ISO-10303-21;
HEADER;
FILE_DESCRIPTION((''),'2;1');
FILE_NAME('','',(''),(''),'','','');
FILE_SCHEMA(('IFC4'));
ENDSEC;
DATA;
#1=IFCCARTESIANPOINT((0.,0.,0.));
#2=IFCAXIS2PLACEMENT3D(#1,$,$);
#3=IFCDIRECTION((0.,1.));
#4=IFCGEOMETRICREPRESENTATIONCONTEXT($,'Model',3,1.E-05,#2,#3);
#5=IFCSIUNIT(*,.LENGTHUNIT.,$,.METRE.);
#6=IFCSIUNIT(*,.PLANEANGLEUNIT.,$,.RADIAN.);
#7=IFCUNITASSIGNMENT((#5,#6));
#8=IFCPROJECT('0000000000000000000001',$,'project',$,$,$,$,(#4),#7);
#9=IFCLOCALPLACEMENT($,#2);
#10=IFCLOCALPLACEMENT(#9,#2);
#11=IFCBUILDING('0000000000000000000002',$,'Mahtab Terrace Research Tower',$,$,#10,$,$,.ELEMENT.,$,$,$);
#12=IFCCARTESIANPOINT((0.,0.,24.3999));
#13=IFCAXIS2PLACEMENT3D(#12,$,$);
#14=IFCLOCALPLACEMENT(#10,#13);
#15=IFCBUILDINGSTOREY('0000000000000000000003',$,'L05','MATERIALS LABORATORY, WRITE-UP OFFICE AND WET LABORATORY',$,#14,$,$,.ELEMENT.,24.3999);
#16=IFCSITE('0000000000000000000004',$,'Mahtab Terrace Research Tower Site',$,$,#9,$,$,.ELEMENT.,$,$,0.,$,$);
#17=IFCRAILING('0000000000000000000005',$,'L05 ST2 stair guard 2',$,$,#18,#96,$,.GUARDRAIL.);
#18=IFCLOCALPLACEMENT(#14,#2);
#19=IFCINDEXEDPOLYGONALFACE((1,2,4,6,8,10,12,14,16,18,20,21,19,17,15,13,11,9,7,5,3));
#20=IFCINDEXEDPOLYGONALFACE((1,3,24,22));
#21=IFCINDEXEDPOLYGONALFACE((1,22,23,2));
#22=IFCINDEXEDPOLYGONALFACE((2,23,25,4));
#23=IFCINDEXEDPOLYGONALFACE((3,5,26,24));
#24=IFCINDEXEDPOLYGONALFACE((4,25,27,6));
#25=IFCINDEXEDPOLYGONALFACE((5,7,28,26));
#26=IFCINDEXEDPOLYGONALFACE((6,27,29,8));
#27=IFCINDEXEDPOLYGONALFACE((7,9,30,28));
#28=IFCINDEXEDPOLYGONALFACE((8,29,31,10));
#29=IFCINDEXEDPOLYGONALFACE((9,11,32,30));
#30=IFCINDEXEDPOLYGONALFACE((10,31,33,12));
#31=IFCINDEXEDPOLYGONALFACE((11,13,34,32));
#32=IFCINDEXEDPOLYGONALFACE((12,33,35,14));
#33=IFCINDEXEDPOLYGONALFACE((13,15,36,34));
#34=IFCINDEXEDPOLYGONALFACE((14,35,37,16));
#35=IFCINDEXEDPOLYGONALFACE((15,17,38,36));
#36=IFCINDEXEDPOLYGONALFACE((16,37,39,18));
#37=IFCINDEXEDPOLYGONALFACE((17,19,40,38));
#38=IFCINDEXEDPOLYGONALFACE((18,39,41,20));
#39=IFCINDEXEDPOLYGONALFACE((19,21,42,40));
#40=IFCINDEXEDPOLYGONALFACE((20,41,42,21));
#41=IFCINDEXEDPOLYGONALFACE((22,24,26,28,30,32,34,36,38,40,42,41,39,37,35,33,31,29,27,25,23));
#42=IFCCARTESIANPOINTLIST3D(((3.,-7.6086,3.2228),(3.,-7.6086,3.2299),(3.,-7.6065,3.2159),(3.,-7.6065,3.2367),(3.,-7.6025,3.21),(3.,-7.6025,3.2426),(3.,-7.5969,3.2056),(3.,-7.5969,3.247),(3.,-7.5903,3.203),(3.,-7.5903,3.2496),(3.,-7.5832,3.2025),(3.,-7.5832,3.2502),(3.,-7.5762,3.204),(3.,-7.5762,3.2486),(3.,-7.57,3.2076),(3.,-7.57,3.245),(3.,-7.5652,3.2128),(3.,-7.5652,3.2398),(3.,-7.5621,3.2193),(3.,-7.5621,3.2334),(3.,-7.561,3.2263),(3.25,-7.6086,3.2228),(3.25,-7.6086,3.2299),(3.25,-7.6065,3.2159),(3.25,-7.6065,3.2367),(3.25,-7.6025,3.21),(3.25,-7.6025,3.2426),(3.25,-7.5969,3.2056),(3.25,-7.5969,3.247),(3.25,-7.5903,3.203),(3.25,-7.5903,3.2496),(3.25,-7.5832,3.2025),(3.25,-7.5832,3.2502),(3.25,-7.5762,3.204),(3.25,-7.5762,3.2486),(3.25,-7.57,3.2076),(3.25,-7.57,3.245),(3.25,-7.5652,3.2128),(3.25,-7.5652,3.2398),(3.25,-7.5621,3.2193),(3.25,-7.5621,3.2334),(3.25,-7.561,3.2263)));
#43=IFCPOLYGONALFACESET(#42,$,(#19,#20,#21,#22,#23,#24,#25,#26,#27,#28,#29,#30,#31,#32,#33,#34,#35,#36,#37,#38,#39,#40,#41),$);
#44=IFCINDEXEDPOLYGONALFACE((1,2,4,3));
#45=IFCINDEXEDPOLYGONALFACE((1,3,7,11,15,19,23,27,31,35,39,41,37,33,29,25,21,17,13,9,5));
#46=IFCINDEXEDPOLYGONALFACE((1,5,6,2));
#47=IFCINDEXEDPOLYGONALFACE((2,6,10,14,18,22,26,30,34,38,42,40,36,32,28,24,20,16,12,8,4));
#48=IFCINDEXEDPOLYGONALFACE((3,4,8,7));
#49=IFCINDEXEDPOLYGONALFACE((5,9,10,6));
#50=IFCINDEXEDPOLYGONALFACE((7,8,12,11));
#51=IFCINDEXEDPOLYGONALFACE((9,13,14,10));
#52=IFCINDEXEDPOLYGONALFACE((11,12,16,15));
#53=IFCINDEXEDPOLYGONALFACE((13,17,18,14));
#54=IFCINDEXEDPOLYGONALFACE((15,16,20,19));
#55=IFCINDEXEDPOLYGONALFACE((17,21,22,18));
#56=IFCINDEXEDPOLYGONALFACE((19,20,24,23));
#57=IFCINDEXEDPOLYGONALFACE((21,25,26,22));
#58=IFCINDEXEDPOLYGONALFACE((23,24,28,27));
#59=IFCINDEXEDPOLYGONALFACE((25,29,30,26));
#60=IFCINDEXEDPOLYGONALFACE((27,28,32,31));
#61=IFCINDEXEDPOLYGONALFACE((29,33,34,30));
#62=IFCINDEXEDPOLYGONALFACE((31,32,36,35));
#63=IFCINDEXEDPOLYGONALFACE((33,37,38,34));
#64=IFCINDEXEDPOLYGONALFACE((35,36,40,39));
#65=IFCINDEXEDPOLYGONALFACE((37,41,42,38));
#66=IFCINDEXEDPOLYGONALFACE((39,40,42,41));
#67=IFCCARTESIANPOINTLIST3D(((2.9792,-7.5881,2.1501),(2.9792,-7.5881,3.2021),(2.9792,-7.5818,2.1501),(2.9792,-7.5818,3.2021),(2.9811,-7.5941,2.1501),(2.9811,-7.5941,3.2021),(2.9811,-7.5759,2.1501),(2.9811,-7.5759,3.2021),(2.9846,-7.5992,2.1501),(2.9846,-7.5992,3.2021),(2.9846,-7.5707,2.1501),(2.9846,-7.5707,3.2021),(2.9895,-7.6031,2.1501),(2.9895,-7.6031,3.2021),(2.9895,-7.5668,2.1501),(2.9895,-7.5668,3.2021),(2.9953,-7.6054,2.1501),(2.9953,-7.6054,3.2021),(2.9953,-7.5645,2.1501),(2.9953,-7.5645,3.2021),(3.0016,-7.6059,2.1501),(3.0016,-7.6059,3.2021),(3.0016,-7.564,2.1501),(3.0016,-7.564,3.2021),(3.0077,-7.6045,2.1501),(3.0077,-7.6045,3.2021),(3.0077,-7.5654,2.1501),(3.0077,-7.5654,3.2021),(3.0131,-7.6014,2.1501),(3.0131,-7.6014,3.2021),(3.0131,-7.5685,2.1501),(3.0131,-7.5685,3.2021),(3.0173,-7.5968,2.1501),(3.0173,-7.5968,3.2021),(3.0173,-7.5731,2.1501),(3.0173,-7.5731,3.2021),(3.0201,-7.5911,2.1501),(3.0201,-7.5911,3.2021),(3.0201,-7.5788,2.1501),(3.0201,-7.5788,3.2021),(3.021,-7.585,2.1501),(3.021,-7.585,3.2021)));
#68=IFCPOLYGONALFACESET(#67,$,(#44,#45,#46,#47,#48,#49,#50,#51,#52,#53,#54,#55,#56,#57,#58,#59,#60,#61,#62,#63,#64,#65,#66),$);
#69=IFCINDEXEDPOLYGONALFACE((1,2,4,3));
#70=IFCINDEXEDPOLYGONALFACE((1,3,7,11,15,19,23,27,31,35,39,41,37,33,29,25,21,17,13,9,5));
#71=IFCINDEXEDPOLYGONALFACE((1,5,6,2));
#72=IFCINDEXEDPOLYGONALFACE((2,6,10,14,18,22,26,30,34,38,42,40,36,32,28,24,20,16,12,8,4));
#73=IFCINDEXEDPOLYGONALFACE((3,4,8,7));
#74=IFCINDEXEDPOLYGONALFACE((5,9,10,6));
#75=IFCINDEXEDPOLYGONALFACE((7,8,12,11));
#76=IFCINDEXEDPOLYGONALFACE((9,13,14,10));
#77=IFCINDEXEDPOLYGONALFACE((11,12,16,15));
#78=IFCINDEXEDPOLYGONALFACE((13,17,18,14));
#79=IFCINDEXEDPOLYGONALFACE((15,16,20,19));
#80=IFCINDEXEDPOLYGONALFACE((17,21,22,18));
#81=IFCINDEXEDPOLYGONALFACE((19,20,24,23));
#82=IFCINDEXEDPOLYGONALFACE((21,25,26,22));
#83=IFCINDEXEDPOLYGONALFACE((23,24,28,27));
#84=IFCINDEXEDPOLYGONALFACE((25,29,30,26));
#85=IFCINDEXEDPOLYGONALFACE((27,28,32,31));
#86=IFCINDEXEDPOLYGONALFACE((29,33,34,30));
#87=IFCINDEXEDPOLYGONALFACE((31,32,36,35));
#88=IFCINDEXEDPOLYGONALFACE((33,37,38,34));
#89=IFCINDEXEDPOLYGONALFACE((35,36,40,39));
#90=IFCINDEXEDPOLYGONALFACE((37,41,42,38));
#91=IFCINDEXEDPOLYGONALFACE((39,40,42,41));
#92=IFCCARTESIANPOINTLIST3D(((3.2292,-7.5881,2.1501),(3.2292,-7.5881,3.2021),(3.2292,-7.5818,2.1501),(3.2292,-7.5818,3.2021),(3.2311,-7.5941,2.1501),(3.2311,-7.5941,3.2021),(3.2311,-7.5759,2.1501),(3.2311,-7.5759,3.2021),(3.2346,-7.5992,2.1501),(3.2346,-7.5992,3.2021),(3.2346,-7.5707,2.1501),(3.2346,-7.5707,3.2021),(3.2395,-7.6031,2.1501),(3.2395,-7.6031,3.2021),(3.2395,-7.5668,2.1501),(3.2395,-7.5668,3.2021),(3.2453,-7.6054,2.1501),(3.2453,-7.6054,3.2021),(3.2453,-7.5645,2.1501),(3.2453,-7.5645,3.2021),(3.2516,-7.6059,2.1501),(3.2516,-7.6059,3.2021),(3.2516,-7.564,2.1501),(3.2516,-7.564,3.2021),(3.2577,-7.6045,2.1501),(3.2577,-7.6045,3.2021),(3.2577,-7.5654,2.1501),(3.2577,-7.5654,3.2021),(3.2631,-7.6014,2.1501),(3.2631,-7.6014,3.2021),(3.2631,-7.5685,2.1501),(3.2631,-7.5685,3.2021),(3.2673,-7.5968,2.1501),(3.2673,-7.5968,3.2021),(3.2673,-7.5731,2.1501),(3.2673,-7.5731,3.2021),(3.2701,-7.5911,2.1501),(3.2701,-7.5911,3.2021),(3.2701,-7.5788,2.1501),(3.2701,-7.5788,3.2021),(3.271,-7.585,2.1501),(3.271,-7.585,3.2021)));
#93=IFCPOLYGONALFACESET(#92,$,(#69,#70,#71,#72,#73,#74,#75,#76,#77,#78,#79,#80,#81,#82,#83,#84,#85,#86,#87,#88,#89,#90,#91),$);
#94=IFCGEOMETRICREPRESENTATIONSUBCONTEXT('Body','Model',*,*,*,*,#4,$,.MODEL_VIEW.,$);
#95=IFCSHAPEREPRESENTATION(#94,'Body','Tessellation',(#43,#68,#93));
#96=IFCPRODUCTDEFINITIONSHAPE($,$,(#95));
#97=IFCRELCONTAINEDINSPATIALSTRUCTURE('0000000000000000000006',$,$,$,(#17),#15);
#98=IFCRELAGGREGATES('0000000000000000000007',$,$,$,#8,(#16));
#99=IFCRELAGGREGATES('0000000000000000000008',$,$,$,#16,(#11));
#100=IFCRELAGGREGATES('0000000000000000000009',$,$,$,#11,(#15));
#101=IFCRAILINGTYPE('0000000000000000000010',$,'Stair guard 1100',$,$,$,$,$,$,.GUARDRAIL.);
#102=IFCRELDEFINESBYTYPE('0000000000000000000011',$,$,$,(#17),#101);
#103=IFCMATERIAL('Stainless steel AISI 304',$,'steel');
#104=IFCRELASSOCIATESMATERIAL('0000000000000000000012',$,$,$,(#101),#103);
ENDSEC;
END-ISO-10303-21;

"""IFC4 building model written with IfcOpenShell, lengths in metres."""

from ifc_helpers import new_model, si_unit, direction, frame, origin, origin_2d, place, context, subcontext, project, spatial, circle, extrude, material, type_object, element, save


model = new_model("IFC4")

# Units and contexts
model_context = context("Model", 3, precision=1e-05, world=origin(), true_north=direction((0.0, 1.0)))
body_context = subcontext(model_context, "Body", "Model", "MODEL_VIEW")
ifc_project = project(units=[si_unit("LENGTHUNIT", "METRE"), si_unit("PLANEANGLEUNIT", "RADIAN")], contexts=[model_context])

# Site, building, storey
site_placement = place(None, origin())
site = spatial("IfcSite", under=ifc_project, at=site_placement, Name="Mahtab Terrace Research Tower Site", CompositionType="ELEMENT", RefElevation=0.0)
building_placement = place(site_placement, origin())
building = spatial("IfcBuilding", under=site, at=building_placement, Name="Mahtab Terrace Research Tower", CompositionType="ELEMENT")
storey_placement = place(building_placement, frame((0.0, 0.0, 24.3999)))
storey = spatial("IfcBuildingStorey", under=building, at=storey_placement, Name="L05", Description="MATERIALS LABORATORY, WRITE-UP OFFICE AND WET LABORATORY", CompositionType="ELEMENT", Elevation=24.3999)

# Railing
ifc_material_1 = material(Name="Stainless steel AISI 304", Category="steel")
railing_type_1 = type_object("IfcRailingType", Name="Stair guard 1100", PredefinedType="GUARDRAIL", material=ifc_material_1)
railing_1_placement = place(storey_placement, frame((3.0, -7.585, 2.1501)))
element("IfcRailing", 1, at=railing_1_placement, inside=storey, type_object=railing_type_1, Name="L05 ST2 stair guard 2", PredefinedType="GUARDRAIL", context=body_context, shape_type="SweptSolid", body=[
    extrude(circle(Radius=0.0239, at=origin_2d()), frame((0.0, 0.0, 1.0762), z_axis=(1.0, 0.0, 0.0), x_axis=(0.0, 1.0, 0.0)), (0.0, 0.0, 1.0), 0.25),
    extrude(circle(Radius=0.021, at=origin_2d()), origin(), (0.0, 0.0, 1.0), 1.052),
    extrude(circle(Radius=0.021, at=origin_2d()), frame((0.25, 0.0, 0.0)), (0.0, 0.0, 1.0), 1.052),
])

save(model, "model.ifc")
